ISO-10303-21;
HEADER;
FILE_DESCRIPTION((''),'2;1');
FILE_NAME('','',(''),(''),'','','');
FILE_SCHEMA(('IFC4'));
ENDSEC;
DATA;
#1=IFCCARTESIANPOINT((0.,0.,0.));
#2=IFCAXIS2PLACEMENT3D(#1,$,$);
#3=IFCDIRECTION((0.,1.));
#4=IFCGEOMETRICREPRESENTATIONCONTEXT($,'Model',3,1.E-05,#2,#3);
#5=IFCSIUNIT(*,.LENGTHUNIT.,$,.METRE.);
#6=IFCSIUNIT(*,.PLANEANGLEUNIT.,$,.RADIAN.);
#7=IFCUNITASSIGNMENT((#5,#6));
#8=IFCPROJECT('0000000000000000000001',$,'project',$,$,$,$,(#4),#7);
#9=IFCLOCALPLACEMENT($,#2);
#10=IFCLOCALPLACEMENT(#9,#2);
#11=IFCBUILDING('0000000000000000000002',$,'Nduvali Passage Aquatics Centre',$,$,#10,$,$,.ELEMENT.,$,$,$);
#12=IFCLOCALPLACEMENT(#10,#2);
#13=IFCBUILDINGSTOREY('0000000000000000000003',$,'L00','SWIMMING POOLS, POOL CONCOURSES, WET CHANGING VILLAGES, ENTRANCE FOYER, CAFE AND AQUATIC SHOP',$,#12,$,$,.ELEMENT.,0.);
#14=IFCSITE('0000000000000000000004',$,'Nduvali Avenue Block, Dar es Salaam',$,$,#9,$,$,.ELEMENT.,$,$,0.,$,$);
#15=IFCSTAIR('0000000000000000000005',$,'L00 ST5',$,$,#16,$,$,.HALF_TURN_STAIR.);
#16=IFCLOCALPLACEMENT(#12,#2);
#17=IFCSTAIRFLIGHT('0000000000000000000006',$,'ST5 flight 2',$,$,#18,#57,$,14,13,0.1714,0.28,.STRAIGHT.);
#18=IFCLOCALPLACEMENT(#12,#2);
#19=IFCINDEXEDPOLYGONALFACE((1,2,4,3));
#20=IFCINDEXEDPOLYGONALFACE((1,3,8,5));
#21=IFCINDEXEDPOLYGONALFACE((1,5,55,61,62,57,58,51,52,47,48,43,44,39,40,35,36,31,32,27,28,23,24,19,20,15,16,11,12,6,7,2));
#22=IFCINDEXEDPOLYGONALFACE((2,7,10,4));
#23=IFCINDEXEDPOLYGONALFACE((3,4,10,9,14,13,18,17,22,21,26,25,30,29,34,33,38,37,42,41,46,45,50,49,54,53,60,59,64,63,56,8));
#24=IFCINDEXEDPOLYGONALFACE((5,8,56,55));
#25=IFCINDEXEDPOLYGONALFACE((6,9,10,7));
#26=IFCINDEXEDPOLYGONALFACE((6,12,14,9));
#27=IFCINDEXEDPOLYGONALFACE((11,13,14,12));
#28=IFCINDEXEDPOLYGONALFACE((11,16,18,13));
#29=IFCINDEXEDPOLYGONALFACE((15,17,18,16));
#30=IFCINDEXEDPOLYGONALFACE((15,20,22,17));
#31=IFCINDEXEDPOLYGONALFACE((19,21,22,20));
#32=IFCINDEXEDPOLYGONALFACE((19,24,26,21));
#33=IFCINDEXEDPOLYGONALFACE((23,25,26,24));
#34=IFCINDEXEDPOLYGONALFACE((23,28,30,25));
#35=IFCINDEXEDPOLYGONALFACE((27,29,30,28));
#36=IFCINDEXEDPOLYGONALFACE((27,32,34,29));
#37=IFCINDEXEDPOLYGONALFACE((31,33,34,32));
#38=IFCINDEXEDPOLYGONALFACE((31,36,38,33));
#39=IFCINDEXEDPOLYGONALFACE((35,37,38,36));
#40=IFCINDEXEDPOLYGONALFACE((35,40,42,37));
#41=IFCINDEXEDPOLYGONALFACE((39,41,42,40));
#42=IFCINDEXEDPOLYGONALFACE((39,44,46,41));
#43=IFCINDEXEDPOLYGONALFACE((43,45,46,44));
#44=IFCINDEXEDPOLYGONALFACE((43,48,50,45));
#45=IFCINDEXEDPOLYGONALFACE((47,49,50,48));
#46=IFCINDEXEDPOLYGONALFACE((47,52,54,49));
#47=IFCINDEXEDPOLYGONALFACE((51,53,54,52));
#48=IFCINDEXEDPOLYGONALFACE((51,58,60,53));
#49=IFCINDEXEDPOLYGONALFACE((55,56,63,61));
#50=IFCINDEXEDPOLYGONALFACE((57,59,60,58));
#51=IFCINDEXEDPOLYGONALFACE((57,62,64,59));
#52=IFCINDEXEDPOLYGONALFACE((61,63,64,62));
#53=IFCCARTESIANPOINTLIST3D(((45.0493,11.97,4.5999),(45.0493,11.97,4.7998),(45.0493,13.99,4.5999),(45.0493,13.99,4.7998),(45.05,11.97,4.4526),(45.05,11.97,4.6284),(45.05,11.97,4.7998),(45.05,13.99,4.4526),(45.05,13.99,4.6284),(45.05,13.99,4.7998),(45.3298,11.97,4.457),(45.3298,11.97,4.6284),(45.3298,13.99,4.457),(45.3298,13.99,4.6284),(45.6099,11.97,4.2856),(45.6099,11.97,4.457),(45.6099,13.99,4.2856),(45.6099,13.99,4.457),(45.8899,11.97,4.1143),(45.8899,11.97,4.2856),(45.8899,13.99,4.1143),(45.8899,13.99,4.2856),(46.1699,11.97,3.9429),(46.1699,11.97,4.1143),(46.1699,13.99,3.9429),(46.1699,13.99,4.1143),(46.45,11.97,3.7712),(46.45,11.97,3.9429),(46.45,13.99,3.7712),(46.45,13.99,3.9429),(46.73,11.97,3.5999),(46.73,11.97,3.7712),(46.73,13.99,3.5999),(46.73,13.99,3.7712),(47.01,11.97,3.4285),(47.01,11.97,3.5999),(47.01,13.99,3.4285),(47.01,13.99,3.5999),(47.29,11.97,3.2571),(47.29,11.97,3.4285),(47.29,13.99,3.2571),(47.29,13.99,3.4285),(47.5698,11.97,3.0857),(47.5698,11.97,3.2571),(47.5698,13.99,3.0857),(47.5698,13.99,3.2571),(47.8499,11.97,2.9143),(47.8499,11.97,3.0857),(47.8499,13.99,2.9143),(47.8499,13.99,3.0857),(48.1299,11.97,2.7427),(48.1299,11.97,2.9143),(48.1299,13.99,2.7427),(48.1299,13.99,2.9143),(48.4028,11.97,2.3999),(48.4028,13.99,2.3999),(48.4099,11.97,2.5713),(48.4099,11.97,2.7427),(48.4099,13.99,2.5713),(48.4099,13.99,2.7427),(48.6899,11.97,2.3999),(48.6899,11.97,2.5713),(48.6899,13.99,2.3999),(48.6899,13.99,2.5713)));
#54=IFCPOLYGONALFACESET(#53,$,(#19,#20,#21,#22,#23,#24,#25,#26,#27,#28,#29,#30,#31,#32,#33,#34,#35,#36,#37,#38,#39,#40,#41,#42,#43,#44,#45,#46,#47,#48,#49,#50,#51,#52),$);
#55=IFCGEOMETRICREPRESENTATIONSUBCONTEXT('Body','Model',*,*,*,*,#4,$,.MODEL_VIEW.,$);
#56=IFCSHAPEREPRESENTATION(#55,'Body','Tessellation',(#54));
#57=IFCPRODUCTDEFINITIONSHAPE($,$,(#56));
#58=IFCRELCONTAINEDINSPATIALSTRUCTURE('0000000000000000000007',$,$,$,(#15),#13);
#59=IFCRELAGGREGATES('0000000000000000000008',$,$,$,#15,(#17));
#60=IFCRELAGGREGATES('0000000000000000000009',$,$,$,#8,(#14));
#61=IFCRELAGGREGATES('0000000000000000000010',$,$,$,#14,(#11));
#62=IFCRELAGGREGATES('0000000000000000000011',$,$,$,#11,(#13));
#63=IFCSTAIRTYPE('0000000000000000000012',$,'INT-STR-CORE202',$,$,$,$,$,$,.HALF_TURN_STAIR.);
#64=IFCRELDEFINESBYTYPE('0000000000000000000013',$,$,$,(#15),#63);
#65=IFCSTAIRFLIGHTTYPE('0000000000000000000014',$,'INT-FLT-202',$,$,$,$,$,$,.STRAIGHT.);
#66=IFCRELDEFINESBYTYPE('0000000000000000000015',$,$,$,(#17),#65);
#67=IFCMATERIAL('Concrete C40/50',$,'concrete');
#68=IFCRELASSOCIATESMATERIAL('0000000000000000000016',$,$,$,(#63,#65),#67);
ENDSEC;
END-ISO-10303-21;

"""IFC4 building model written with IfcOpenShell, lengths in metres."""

from ifc_helpers import new_model, si_unit, direction, frame, origin, place, context, subcontext, project, spatial, polyline, outline, extrude, material, type_object, element, aggregate, save


model = new_model("IFC4")

# Units and contexts
model_context = context("Model", 3, precision=1e-05, world=origin(), true_north=direction((0.0, 1.0)))
body_context = subcontext(model_context, "Body", "Model", "MODEL_VIEW")
ifc_project = project(units=[si_unit("LENGTHUNIT", "METRE"), si_unit("PLANEANGLEUNIT", "RADIAN")], contexts=[model_context])

# Site, building, storey
site_placement = place(None, origin())
site = spatial("IfcSite", under=ifc_project, at=site_placement, Name="Nduvali Avenue Block, Dar es Salaam", CompositionType="ELEMENT", RefElevation=0.0)
building_placement = place(site_placement, origin())
building = spatial("IfcBuilding", under=site, at=building_placement, Name="Nduvali Passage Aquatics Centre", CompositionType="ELEMENT")
storey_placement = place(building_placement, origin())
storey = spatial("IfcBuildingStorey", under=building, at=storey_placement, Name="L00", Description="SWIMMING POOLS, POOL CONCOURSES, WET CHANGING VILLAGES, ENTRANCE FOYER, CAFE AND AQUATIC SHOP", CompositionType="ELEMENT", Elevation=0.0)

# Shared definitions
ifc_material_1 = material(Name="Concrete C40/50", Category="concrete")

# Stair, stair flight
stair_type = type_object("IfcStairType", Name="INT-STR-CORE202", PredefinedType="HALF_TURN_STAIR", material=ifc_material_1)
stair_placement = place(storey_placement, origin())
stair = element("IfcStair", 1, at=stair_placement, inside=storey, type_object=stair_type, Name="L00 ST5", PredefinedType="HALF_TURN_STAIR")
stair_flight_type = type_object("IfcStairFlightType", Name="INT-FLT-202", PredefinedType="STRAIGHT", material=ifc_material_1)
stair_flight_1_placement = place(storey_placement, frame((48.6899, 12.98, 2.3999), z_axis=(0.0, 0.0, 1.0), x_axis=(-1.0, 0.0, 0.0)))
stair_flight_1 = element("IfcStairFlight", 2, at=stair_flight_1_placement, type_object=stair_flight_type, Name="ST5 flight 2", NumberOfRisers=14, NumberOfTreads=13, PredefinedType="STRAIGHT", RiserHeight=0.1714, TreadLength=0.28, context=body_context, shape_type="SweptSolid", body=[
    extrude(outline(polyline([(0.0, 0.0), (0.0, 0.1714), (0.28, 0.1714), (0.28, 0.3428), (0.5601, 0.3428), (0.5601, 0.5144), (0.8401, 0.5144), (0.8401, 0.6858), (1.1201, 0.6858), (1.1201, 0.8572), (1.3999, 0.8572), (1.3999, 1.0286), (1.6799, 1.0286), (1.6799, 1.2), (1.96, 1.2), (1.96, 1.3713), (2.24, 1.3713), (2.24, 1.543), (2.52, 1.543), (2.52, 1.7144), (2.8, 1.7144), (2.8, 1.8857), (3.0801, 1.8857), (3.0801, 2.0571), (3.3601, 2.0571), (3.3601, 2.2285), (3.6399, 2.2285), (3.6399, 2.3999), (3.6406, 2.3999), (3.6406, 2.2), (3.6399, 2.0527), (0.2871, 0.0), (0.0, 0.0)])), frame((0.0, 1.01, 0.0), z_axis=(0.0, -1.0, 0.0), x_axis=(1.0, 0.0, 0.0)), (0.0, 0.0, 1.0), 2.02),
])
aggregate(stair, [stair_flight_1])

save(model, "model.ifc")
